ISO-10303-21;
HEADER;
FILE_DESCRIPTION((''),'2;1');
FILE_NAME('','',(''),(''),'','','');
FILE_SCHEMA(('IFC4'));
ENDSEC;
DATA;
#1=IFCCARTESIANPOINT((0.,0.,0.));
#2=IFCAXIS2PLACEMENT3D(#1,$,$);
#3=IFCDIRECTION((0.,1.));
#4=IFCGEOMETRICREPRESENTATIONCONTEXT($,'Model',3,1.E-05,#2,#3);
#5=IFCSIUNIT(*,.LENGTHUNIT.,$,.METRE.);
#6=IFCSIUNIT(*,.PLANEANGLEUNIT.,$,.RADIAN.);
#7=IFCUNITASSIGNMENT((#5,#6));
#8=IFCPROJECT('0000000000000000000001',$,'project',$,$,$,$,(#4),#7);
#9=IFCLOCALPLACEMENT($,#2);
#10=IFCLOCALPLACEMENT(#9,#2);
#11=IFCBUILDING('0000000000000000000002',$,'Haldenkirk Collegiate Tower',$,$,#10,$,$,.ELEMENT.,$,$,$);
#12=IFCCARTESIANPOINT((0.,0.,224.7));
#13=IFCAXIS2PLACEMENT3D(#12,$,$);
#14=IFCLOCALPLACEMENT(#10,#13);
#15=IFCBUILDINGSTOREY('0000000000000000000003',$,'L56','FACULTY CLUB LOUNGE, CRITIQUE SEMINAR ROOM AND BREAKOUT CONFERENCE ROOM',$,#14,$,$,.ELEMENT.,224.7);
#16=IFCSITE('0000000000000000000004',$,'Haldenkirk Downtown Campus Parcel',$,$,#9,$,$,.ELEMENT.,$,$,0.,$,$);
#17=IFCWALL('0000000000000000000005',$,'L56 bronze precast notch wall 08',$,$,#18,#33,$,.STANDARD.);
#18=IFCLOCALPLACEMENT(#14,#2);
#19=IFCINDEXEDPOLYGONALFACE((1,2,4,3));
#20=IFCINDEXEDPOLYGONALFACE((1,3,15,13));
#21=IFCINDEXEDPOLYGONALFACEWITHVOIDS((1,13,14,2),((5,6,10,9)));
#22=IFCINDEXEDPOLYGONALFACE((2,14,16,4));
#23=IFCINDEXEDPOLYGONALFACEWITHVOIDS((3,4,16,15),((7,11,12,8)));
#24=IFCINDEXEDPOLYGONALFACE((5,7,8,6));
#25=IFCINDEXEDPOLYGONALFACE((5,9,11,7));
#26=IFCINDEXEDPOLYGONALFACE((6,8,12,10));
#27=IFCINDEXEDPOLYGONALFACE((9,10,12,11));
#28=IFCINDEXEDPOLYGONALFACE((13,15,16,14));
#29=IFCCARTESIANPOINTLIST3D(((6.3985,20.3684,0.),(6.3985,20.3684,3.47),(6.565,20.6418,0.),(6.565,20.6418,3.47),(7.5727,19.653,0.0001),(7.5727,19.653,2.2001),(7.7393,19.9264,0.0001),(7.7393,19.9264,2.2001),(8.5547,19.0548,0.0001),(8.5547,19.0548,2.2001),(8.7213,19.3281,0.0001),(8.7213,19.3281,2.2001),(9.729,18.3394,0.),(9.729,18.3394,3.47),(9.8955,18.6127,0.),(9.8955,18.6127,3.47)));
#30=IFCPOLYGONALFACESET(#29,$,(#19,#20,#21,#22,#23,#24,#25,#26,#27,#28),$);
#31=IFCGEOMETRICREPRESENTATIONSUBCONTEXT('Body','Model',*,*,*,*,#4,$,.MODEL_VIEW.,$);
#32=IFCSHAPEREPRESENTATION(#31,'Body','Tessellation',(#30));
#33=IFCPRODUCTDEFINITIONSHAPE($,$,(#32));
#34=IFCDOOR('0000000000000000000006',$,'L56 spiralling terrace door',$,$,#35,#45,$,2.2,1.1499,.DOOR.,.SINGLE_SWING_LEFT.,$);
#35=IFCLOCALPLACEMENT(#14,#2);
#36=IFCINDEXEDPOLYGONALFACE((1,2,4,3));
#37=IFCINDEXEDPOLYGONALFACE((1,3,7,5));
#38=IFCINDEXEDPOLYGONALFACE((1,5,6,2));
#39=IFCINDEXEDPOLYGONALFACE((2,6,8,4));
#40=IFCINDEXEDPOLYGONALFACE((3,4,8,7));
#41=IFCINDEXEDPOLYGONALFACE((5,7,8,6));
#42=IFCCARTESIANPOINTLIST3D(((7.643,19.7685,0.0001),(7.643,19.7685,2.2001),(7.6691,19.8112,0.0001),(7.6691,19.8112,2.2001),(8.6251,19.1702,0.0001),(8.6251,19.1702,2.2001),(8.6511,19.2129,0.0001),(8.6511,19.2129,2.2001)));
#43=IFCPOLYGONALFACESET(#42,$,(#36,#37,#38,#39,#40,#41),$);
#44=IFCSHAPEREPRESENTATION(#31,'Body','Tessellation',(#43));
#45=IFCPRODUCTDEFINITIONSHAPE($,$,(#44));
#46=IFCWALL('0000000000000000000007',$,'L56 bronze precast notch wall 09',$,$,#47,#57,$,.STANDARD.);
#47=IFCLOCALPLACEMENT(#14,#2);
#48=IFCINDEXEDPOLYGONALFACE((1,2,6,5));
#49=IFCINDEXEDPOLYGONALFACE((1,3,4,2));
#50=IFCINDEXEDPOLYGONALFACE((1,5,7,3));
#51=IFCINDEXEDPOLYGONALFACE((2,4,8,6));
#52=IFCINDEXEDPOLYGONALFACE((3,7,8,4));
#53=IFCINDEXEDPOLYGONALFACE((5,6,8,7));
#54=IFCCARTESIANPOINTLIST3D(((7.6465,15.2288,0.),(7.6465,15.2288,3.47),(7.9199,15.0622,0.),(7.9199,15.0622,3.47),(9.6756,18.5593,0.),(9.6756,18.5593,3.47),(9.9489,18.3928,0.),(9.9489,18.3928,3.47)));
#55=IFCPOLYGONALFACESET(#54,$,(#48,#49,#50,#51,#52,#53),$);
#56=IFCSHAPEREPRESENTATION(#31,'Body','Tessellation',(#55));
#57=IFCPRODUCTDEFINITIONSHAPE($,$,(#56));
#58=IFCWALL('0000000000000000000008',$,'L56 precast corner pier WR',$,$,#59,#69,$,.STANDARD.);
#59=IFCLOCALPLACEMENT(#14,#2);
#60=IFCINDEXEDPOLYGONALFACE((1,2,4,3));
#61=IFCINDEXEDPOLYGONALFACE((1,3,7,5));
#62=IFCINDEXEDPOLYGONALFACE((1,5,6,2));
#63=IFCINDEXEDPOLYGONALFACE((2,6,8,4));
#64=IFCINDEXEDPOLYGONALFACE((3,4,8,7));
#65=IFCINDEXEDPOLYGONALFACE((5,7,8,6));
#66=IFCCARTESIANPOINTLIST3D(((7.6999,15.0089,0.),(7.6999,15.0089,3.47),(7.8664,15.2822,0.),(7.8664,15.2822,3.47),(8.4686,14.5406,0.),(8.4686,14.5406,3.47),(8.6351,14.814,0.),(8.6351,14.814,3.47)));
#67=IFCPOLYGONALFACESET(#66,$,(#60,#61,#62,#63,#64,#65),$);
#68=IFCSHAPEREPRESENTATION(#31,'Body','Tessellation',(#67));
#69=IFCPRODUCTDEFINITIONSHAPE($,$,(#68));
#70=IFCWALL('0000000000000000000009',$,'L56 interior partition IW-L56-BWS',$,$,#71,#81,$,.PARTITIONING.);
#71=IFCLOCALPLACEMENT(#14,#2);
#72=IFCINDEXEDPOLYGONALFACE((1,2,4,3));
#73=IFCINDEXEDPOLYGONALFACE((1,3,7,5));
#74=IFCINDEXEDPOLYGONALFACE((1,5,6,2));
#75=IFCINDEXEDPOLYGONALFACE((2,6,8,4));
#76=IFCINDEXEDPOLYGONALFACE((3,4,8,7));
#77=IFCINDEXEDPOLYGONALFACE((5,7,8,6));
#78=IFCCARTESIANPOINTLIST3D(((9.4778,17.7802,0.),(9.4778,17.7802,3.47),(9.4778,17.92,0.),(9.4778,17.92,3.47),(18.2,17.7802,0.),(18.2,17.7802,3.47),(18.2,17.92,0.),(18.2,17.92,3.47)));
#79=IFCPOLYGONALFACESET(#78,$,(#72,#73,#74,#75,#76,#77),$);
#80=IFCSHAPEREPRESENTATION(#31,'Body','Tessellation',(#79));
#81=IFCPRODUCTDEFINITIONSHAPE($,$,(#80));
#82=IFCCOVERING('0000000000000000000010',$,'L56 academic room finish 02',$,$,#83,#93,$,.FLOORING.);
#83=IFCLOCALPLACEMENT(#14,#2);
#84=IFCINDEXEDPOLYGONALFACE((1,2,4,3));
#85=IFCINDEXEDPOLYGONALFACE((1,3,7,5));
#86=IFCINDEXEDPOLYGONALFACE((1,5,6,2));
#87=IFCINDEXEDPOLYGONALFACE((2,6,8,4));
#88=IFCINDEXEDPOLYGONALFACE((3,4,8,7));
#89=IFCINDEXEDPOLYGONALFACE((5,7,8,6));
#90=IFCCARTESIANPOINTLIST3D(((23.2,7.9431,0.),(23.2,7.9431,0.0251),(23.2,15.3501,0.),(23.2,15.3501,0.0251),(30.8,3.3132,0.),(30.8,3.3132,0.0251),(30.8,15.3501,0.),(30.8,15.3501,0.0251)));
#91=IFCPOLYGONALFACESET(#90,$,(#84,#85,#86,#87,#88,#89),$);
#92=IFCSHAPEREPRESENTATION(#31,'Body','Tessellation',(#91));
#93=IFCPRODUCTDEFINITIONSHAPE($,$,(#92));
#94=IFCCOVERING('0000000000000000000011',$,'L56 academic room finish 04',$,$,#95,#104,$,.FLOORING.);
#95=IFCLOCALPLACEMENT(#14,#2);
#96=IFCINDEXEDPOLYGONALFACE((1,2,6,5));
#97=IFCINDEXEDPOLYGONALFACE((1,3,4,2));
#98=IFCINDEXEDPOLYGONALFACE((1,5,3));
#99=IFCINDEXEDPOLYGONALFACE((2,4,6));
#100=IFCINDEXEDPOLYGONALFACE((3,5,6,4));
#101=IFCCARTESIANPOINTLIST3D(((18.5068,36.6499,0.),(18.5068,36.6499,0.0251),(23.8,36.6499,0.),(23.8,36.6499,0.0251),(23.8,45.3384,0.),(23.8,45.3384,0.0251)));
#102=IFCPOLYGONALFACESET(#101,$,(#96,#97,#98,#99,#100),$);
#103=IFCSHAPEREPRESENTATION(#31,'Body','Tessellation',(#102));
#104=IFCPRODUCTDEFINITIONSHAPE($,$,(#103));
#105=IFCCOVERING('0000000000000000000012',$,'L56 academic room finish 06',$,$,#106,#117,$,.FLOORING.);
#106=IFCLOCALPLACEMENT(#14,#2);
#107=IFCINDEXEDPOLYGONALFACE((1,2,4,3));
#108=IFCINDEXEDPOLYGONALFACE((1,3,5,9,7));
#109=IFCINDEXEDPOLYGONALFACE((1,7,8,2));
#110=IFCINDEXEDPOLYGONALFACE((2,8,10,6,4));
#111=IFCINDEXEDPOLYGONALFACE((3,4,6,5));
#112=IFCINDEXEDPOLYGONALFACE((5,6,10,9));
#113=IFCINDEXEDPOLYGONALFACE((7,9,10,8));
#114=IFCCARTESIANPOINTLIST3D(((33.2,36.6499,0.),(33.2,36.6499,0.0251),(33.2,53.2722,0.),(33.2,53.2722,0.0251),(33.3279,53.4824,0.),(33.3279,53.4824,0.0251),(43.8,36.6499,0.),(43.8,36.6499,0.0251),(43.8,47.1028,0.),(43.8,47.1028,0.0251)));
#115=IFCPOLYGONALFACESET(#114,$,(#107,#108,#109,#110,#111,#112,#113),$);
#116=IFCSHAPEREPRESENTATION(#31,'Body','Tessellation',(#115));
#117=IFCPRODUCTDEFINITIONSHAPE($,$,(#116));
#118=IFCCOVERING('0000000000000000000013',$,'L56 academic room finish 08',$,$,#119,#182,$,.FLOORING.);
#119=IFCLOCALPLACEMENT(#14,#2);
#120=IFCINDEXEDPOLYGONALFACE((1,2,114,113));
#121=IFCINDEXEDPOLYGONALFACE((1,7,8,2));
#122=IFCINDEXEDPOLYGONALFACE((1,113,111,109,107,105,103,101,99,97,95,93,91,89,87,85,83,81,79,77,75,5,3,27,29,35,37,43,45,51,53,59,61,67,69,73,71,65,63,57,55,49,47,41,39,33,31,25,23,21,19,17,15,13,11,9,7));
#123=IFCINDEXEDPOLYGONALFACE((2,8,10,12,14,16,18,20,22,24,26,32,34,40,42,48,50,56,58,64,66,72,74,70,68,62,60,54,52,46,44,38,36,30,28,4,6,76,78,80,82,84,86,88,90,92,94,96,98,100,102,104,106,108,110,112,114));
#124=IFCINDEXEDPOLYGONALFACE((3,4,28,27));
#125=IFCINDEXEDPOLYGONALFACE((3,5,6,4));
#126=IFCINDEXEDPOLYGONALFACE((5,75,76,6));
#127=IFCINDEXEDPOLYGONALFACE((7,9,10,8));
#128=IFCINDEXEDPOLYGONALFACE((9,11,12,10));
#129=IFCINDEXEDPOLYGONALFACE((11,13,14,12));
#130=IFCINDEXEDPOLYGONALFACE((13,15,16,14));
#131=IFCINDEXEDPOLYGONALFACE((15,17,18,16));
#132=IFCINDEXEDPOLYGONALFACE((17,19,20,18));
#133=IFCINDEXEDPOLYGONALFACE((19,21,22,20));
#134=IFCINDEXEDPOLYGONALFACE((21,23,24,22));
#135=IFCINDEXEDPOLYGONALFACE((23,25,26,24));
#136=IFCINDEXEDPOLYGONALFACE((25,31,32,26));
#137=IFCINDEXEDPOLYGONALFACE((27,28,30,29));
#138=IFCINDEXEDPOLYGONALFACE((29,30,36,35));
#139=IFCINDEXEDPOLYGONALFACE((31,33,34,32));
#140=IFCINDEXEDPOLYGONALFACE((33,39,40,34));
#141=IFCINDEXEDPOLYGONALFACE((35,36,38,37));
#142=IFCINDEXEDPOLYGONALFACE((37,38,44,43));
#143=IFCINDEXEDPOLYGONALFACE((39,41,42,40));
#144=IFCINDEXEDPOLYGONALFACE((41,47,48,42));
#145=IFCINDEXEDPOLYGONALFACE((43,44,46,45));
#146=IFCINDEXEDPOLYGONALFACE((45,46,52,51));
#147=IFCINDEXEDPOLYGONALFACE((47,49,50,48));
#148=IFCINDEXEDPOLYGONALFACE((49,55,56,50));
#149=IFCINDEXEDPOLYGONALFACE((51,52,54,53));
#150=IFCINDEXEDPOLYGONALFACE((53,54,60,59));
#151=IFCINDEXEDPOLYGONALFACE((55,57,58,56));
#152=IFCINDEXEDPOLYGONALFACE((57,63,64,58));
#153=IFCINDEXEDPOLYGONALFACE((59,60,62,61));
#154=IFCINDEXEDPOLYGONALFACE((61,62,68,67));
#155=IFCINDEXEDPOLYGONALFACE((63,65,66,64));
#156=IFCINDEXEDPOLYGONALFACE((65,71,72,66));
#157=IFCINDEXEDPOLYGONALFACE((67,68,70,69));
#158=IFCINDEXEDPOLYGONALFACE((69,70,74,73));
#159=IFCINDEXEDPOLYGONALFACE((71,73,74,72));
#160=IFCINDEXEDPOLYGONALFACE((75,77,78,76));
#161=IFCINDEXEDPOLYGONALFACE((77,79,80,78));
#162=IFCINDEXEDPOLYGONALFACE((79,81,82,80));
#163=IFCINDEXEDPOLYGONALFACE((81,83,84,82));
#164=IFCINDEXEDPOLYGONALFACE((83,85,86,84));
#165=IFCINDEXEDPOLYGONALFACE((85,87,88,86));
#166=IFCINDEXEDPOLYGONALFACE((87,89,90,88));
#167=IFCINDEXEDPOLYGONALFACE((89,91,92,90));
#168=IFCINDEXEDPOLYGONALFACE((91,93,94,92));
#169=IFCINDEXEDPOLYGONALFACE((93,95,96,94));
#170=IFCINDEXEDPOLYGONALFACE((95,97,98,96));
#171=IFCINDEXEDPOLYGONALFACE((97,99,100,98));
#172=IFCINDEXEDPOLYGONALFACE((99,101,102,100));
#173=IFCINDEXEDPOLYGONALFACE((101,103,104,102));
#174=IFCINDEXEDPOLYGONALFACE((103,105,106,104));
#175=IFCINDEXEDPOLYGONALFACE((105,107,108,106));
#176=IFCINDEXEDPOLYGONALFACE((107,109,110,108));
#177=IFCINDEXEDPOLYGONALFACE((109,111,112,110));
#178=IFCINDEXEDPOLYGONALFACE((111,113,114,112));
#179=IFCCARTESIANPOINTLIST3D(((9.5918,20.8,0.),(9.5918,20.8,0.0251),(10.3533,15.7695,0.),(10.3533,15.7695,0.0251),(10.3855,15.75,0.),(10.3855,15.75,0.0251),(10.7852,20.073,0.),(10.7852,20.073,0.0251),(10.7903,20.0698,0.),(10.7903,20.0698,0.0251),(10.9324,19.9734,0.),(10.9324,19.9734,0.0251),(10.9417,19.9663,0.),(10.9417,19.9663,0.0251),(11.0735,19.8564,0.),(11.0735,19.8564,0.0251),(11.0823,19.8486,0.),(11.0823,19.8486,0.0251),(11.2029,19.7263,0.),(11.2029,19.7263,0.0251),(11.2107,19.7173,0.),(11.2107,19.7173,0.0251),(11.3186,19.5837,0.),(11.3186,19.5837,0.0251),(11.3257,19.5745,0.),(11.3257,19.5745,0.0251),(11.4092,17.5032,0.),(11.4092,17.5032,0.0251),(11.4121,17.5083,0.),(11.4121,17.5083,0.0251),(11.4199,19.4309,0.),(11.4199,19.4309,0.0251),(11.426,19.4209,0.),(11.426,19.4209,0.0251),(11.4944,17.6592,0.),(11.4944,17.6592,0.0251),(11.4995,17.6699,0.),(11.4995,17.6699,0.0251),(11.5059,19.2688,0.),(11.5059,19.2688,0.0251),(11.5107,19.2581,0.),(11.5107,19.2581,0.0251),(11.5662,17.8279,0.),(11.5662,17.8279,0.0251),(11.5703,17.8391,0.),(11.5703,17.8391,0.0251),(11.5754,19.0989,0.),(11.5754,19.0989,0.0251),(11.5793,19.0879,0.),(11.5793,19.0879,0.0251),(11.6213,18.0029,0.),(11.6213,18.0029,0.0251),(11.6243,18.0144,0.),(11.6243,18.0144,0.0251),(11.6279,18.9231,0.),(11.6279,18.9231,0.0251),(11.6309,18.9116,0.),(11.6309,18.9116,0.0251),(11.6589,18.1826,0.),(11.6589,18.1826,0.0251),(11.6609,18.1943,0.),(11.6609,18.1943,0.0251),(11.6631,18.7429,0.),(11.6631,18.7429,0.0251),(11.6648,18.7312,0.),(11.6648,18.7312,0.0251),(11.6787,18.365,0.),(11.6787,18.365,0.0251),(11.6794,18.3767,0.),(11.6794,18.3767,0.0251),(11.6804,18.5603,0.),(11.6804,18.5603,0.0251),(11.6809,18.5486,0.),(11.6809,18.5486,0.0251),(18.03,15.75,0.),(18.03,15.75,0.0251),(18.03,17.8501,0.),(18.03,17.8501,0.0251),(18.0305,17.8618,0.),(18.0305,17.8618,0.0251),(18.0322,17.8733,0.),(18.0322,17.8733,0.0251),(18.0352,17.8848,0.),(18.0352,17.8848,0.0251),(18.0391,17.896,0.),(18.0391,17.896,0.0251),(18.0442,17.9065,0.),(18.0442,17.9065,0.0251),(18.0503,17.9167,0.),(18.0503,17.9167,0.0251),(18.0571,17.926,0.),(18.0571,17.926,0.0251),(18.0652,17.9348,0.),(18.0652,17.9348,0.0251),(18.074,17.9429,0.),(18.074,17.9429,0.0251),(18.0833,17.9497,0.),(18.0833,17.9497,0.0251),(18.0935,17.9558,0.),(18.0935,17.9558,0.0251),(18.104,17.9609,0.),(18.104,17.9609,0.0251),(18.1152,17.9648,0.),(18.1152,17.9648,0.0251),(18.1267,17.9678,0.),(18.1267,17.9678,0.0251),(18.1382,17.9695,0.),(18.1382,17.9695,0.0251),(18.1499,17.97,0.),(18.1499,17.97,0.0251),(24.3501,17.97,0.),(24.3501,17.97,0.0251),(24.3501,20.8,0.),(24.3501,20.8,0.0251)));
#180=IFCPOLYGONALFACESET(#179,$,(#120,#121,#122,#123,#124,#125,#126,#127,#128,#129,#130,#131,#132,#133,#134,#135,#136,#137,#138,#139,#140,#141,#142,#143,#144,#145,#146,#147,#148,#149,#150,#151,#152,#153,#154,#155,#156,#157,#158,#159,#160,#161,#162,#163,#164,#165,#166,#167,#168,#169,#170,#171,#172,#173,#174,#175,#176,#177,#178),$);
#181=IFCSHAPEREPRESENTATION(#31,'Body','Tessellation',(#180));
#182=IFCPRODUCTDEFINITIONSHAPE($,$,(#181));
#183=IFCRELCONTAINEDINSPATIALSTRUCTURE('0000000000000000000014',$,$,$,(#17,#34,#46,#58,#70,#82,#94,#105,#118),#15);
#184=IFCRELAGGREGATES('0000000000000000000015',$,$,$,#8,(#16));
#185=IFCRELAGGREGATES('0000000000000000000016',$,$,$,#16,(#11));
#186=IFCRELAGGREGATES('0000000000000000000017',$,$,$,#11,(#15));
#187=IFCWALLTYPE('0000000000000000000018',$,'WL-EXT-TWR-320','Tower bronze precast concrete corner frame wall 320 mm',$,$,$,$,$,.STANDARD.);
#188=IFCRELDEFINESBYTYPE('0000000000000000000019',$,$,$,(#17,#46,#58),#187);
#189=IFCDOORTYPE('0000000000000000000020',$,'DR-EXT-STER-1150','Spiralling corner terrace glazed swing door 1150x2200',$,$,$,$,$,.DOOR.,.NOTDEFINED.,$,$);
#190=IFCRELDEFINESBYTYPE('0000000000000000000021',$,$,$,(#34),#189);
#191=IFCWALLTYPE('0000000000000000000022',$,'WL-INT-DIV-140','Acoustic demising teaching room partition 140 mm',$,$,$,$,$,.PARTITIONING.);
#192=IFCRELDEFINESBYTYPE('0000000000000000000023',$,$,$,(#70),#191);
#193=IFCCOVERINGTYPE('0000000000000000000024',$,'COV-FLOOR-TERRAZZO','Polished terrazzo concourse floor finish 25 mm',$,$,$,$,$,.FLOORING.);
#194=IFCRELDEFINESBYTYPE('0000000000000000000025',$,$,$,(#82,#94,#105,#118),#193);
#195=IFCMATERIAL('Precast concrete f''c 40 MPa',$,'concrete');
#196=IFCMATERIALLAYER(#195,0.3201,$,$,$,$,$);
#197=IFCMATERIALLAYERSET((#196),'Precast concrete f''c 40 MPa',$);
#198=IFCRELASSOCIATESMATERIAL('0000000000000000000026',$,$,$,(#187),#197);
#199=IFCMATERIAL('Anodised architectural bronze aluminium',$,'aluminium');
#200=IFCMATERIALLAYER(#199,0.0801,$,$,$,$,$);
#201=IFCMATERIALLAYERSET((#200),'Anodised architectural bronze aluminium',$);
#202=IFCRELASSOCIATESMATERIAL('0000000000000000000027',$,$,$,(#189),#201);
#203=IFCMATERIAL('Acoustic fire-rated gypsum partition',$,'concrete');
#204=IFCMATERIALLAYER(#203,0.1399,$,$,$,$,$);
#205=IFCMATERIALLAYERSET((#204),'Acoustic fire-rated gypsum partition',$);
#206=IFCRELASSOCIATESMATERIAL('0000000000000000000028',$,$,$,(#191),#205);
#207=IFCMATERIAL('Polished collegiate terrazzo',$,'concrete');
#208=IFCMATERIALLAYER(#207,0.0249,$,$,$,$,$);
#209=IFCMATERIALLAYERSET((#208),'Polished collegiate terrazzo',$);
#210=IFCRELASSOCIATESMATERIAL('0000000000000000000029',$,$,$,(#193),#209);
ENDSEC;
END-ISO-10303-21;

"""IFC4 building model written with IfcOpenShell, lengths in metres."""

from ifc_helpers import new_model, si_unit, direction, frame, frame_2d, origin, place, context, subcontext, project, spatial, polyline, rectangle, outline, extrude, material, layer, layer_set, type_object, element, fill, save


model = new_model("IFC4")

# Units and contexts
model_context = context("Model", 3, precision=1e-05, world=origin(), true_north=direction((0.0, 1.0)))
body_context = subcontext(model_context, "Body", "Model", "MODEL_VIEW")
ifc_project = project(units=[si_unit("LENGTHUNIT", "METRE"), si_unit("PLANEANGLEUNIT", "RADIAN")], contexts=[model_context])

# Site, building, storey
site_placement = place(None, origin())
site = spatial("IfcSite", under=ifc_project, at=site_placement, Name="Haldenkirk Downtown Campus Parcel", CompositionType="ELEMENT", RefElevation=0.0)
building_placement = place(site_placement, origin())
building = spatial("IfcBuilding", under=site, at=building_placement, Name="Haldenkirk Collegiate Tower", CompositionType="ELEMENT")
storey_placement = place(building_placement, frame((0.0, 0.0, 224.7)))
storey = spatial("IfcBuildingStorey", under=building, at=storey_placement, Name="L56", Description="FACULTY CLUB LOUNGE, CRITIQUE SEMINAR ROOM AND BREAKOUT CONFERENCE ROOM", CompositionType="ELEMENT", Elevation=224.7)

# Shared definitions
ifc_material_1 = material(Name="Anodised architectural bronze aluminium", Category="aluminium")

# Wall, opening, door
ifc_material_2 = material(Name="Precast concrete f'c 40 MPa", Category="concrete")
ifc_layer_1 = layer(ifc_material_2, 0.3201)
ifc_layer_set_1 = layer_set([ifc_layer_1], Name="Precast concrete f'c 40 MPa")
wall_type_1 = type_object("IfcWallType", Name="WL-EXT-TWR-320", Description="Tower bronze precast concrete corner frame wall 320 mm", PredefinedType="STANDARD", material=ifc_layer_set_1)
wall_1_placement = place(storey_placement, frame((9.8123, 18.4761, 0.0), z_axis=(0.0, 0.0, 1.0), x_axis=(-0.853999, 0.520275, 0.0)))
wall_1 = element("IfcWall", 1, at=wall_1_placement, inside=storey, type_object=wall_type_1, Name="L56 bronze precast notch wall 08", PredefinedType="STANDARD", context=body_context, shape_type="SweptSolid", body=[
    extrude(rectangle(XDim=3.8999, YDim=0.3201, at=frame_2d((1.95, 0.0))), origin(), (0.0, 0.0, 1.0), 3.47),
])
opening_placement = place(wall_1_placement, frame((1.375, 0.0, 0.0)))
opening = element("IfcOpeningElement", 2, at=opening_placement, cuts=wall_1, PredefinedType="OPENING", context=body_context, shape_type="SweptSolid", body=[
    extrude(rectangle(XDim=1.1499, YDim=2.2, at=frame_2d((0.575, 1.1001))), frame((0.0, 0.1699, 0.0), z_axis=(0.0, -1.0, 0.0), x_axis=(1.0, 0.0, 0.0)), (0.0, 0.0, 1.0), 0.3401),
])
ifc_layer_2 = layer(ifc_material_1, 0.0801)
ifc_layer_set_2 = layer_set([ifc_layer_2], Name="Anodised architectural bronze aluminium")
door_type = type_object("IfcDoorType", Name="DR-EXT-STER-1150", Description="Spiralling corner terrace glazed swing door 1150x2200", OperationType="NOTDEFINED", PredefinedType="DOOR", material=ifc_layer_set_2)
door_placement = place(opening_placement, origin())
door = element("IfcDoor", 3, at=door_placement, inside=storey, type_object=door_type, Name="L56 spiralling terrace door", OperationType="SINGLE_SWING_LEFT", OverallHeight=2.2, OverallWidth=1.1499, PredefinedType="DOOR", context=body_context, shape_type="SweptSolid", body=[
    extrude(rectangle(XDim=1.1499, YDim=2.2, at=frame_2d((0.575, 1.1001))), frame((0.0, 0.0249, 0.0), z_axis=(0.0, -1.0, 0.0), x_axis=(1.0, 0.0, 0.0)), (0.0, 0.0, 1.0), 0.05),
])
fill(opening, door)

# Walls
wall_2_placement = place(storey_placement, frame((7.7832, 15.1455, 0.0), z_axis=(0.0, 0.0, 1.0), x_axis=(0.520275, 0.853999, 0.0)))
element("IfcWall", 4, at=wall_2_placement, inside=storey, type_object=wall_type_1, Name="L56 bronze precast notch wall 09", PredefinedType="STANDARD", context=body_context, shape_type="SweptSolid", body=[
    extrude(rectangle(XDim=3.8999, YDim=0.3201, at=frame_2d((1.95, 0.0))), origin(), (0.0, 0.0, 1.0), 3.47),
])
wall_3_placement = place(storey_placement, frame((8.552, 14.6772, 0.0), z_axis=(0.0, 0.0, 1.0), x_axis=(-0.854052, 0.520188, 0.0)))
element("IfcWall", 5, at=wall_3_placement, inside=storey, type_object=wall_type_1, Name="L56 precast corner pier WR", PredefinedType="STANDARD", context=body_context, shape_type="SweptSolid", body=[
    extrude(rectangle(XDim=0.9001, YDim=0.3201, at=frame_2d((0.4502, 0.0))), origin(), (0.0, 0.0, 1.0), 3.47),
])
ifc_material_3 = material(Name="Acoustic fire-rated gypsum partition", Category="concrete")
ifc_layer_3 = layer(ifc_material_3, 0.1399)
ifc_layer_set_3 = layer_set([ifc_layer_3], Name="Acoustic fire-rated gypsum partition")
wall_type_2 = type_object("IfcWallType", Name="WL-INT-DIV-140", Description="Acoustic demising teaching room partition 140 mm", PredefinedType="PARTITIONING", material=ifc_layer_set_3)
wall_4_placement = place(storey_placement, frame((9.4778, 17.8501, 0.0), z_axis=(0.0, 0.0, 1.0), x_axis=(1.0, 0.0, 0.0)))
element("IfcWall", 6, at=wall_4_placement, inside=storey, type_object=wall_type_2, Name="L56 interior partition IW-L56-BWS", PredefinedType="PARTITIONING", context=body_context, shape_type="SweptSolid", body=[
    extrude(rectangle(XDim=8.7222, YDim=0.1399, at=frame_2d((4.3611, 0.0))), origin(), (0.0, 0.0, 1.0), 3.47),
])

# Coverings
ifc_material_4 = material(Name="Polished collegiate terrazzo", Category="concrete")
ifc_layer_4 = layer(ifc_material_4, 0.0249)
ifc_layer_set_4 = layer_set([ifc_layer_4], Name="Polished collegiate terrazzo")
covering_type_1 = type_object("IfcCoveringType", Name="COV-FLOOR-TERRAZZO", Description="Polished terrazzo concourse floor finish 25 mm", PredefinedType="FLOORING", material=ifc_layer_set_4)
covering_1_placement = place(storey_placement, origin())
element("IfcCovering", 7, at=covering_1_placement, inside=storey, type_object=covering_type_1, Name="L56 academic room finish 02", PredefinedType="FLOORING", context=body_context, shape_type="SweptSolid", body=[
    extrude(outline(polyline([(23.2, 7.9431), (23.2, 15.3501), (30.8, 15.3501), (30.8, 3.3132), (23.2, 7.9431)])), origin(), (0.0, 0.0, 1.0), 0.0251),
])
covering_2_placement = place(storey_placement, origin())
element("IfcCovering", 8, at=covering_2_placement, inside=storey, type_object=covering_type_1, Name="L56 academic room finish 04", PredefinedType="FLOORING", context=body_context, shape_type="SweptSolid", body=[
    extrude(outline(polyline([(23.8, 45.3384), (23.8, 36.6499), (18.5068, 36.6499), (23.8, 45.3384)])), origin(), (0.0, 0.0, 1.0), 0.0251),
])
covering_3_placement = place(storey_placement, origin())
element("IfcCovering", 9, at=covering_3_placement, inside=storey, type_object=covering_type_1, Name="L56 academic room finish 06", PredefinedType="FLOORING", context=body_context, shape_type="SweptSolid", body=[
    extrude(outline(polyline([(33.3279, 53.4824), (43.8, 47.1028), (43.8, 36.6499), (33.2, 36.6499), (33.2, 53.2722), (33.3279, 53.4824)])), origin(), (0.0, 0.0, 1.0), 0.0251),
])
covering_4_placement = place(storey_placement, origin())
element("IfcCovering", 10, at=covering_4_placement, inside=storey, type_object=covering_type_1, Name="L56 academic room finish 08", PredefinedType="FLOORING", context=body_context, shape_type="SweptSolid", body=[
    extrude(outline(polyline([(11.4092, 17.5032), (11.4121, 17.5083), (11.4944, 17.6592), (11.4995, 17.6699), (11.5662, 17.8279), (11.5703, 17.8391), (11.6213, 18.0029), (11.6243, 18.0144), (11.6589, 18.1826), (11.6609, 18.1943), (11.6787, 18.365), (11.6794, 18.3767), (11.6809, 18.5486), (11.6804, 18.5603), (11.6648, 18.7312), (11.6631, 18.7429), (11.6309, 18.9116), (11.6279, 18.9231), (11.5793, 19.0879), (11.5754, 19.0989), (11.5107, 19.2581), (11.5059, 19.2688), (11.426, 19.4209), (11.4199, 19.4309), (11.3257, 19.5745), (11.3186, 19.5837), (11.2107, 19.7173), (11.2029, 19.7263), (11.0823, 19.8486), (11.0735, 19.8564), (10.9417, 19.9663), (10.9324, 19.9734), (10.7903, 20.0698), (10.7852, 20.073), (9.5918, 20.8), (24.3501, 20.8), (24.3501, 17.97), (18.1499, 17.97), (18.1382, 17.9695), (18.1267, 17.9678), (18.1152, 17.9648), (18.104, 17.9609), (18.0935, 17.9558), (18.0833, 17.9497), (18.074, 17.9429), (18.0652, 17.9348), (18.0571, 17.926), (18.0503, 17.9167), (18.0442, 17.9065), (18.0391, 17.896), (18.0352, 17.8848), (18.0322, 17.8733), (18.0305, 17.8618), (18.03, 17.8501), (18.03, 15.75), (10.3855, 15.75), (10.3533, 15.7695), (11.4092, 17.5032)])), origin(), (0.0, 0.0, 1.0), 0.0251),
])

save(model, "model.ifc")
